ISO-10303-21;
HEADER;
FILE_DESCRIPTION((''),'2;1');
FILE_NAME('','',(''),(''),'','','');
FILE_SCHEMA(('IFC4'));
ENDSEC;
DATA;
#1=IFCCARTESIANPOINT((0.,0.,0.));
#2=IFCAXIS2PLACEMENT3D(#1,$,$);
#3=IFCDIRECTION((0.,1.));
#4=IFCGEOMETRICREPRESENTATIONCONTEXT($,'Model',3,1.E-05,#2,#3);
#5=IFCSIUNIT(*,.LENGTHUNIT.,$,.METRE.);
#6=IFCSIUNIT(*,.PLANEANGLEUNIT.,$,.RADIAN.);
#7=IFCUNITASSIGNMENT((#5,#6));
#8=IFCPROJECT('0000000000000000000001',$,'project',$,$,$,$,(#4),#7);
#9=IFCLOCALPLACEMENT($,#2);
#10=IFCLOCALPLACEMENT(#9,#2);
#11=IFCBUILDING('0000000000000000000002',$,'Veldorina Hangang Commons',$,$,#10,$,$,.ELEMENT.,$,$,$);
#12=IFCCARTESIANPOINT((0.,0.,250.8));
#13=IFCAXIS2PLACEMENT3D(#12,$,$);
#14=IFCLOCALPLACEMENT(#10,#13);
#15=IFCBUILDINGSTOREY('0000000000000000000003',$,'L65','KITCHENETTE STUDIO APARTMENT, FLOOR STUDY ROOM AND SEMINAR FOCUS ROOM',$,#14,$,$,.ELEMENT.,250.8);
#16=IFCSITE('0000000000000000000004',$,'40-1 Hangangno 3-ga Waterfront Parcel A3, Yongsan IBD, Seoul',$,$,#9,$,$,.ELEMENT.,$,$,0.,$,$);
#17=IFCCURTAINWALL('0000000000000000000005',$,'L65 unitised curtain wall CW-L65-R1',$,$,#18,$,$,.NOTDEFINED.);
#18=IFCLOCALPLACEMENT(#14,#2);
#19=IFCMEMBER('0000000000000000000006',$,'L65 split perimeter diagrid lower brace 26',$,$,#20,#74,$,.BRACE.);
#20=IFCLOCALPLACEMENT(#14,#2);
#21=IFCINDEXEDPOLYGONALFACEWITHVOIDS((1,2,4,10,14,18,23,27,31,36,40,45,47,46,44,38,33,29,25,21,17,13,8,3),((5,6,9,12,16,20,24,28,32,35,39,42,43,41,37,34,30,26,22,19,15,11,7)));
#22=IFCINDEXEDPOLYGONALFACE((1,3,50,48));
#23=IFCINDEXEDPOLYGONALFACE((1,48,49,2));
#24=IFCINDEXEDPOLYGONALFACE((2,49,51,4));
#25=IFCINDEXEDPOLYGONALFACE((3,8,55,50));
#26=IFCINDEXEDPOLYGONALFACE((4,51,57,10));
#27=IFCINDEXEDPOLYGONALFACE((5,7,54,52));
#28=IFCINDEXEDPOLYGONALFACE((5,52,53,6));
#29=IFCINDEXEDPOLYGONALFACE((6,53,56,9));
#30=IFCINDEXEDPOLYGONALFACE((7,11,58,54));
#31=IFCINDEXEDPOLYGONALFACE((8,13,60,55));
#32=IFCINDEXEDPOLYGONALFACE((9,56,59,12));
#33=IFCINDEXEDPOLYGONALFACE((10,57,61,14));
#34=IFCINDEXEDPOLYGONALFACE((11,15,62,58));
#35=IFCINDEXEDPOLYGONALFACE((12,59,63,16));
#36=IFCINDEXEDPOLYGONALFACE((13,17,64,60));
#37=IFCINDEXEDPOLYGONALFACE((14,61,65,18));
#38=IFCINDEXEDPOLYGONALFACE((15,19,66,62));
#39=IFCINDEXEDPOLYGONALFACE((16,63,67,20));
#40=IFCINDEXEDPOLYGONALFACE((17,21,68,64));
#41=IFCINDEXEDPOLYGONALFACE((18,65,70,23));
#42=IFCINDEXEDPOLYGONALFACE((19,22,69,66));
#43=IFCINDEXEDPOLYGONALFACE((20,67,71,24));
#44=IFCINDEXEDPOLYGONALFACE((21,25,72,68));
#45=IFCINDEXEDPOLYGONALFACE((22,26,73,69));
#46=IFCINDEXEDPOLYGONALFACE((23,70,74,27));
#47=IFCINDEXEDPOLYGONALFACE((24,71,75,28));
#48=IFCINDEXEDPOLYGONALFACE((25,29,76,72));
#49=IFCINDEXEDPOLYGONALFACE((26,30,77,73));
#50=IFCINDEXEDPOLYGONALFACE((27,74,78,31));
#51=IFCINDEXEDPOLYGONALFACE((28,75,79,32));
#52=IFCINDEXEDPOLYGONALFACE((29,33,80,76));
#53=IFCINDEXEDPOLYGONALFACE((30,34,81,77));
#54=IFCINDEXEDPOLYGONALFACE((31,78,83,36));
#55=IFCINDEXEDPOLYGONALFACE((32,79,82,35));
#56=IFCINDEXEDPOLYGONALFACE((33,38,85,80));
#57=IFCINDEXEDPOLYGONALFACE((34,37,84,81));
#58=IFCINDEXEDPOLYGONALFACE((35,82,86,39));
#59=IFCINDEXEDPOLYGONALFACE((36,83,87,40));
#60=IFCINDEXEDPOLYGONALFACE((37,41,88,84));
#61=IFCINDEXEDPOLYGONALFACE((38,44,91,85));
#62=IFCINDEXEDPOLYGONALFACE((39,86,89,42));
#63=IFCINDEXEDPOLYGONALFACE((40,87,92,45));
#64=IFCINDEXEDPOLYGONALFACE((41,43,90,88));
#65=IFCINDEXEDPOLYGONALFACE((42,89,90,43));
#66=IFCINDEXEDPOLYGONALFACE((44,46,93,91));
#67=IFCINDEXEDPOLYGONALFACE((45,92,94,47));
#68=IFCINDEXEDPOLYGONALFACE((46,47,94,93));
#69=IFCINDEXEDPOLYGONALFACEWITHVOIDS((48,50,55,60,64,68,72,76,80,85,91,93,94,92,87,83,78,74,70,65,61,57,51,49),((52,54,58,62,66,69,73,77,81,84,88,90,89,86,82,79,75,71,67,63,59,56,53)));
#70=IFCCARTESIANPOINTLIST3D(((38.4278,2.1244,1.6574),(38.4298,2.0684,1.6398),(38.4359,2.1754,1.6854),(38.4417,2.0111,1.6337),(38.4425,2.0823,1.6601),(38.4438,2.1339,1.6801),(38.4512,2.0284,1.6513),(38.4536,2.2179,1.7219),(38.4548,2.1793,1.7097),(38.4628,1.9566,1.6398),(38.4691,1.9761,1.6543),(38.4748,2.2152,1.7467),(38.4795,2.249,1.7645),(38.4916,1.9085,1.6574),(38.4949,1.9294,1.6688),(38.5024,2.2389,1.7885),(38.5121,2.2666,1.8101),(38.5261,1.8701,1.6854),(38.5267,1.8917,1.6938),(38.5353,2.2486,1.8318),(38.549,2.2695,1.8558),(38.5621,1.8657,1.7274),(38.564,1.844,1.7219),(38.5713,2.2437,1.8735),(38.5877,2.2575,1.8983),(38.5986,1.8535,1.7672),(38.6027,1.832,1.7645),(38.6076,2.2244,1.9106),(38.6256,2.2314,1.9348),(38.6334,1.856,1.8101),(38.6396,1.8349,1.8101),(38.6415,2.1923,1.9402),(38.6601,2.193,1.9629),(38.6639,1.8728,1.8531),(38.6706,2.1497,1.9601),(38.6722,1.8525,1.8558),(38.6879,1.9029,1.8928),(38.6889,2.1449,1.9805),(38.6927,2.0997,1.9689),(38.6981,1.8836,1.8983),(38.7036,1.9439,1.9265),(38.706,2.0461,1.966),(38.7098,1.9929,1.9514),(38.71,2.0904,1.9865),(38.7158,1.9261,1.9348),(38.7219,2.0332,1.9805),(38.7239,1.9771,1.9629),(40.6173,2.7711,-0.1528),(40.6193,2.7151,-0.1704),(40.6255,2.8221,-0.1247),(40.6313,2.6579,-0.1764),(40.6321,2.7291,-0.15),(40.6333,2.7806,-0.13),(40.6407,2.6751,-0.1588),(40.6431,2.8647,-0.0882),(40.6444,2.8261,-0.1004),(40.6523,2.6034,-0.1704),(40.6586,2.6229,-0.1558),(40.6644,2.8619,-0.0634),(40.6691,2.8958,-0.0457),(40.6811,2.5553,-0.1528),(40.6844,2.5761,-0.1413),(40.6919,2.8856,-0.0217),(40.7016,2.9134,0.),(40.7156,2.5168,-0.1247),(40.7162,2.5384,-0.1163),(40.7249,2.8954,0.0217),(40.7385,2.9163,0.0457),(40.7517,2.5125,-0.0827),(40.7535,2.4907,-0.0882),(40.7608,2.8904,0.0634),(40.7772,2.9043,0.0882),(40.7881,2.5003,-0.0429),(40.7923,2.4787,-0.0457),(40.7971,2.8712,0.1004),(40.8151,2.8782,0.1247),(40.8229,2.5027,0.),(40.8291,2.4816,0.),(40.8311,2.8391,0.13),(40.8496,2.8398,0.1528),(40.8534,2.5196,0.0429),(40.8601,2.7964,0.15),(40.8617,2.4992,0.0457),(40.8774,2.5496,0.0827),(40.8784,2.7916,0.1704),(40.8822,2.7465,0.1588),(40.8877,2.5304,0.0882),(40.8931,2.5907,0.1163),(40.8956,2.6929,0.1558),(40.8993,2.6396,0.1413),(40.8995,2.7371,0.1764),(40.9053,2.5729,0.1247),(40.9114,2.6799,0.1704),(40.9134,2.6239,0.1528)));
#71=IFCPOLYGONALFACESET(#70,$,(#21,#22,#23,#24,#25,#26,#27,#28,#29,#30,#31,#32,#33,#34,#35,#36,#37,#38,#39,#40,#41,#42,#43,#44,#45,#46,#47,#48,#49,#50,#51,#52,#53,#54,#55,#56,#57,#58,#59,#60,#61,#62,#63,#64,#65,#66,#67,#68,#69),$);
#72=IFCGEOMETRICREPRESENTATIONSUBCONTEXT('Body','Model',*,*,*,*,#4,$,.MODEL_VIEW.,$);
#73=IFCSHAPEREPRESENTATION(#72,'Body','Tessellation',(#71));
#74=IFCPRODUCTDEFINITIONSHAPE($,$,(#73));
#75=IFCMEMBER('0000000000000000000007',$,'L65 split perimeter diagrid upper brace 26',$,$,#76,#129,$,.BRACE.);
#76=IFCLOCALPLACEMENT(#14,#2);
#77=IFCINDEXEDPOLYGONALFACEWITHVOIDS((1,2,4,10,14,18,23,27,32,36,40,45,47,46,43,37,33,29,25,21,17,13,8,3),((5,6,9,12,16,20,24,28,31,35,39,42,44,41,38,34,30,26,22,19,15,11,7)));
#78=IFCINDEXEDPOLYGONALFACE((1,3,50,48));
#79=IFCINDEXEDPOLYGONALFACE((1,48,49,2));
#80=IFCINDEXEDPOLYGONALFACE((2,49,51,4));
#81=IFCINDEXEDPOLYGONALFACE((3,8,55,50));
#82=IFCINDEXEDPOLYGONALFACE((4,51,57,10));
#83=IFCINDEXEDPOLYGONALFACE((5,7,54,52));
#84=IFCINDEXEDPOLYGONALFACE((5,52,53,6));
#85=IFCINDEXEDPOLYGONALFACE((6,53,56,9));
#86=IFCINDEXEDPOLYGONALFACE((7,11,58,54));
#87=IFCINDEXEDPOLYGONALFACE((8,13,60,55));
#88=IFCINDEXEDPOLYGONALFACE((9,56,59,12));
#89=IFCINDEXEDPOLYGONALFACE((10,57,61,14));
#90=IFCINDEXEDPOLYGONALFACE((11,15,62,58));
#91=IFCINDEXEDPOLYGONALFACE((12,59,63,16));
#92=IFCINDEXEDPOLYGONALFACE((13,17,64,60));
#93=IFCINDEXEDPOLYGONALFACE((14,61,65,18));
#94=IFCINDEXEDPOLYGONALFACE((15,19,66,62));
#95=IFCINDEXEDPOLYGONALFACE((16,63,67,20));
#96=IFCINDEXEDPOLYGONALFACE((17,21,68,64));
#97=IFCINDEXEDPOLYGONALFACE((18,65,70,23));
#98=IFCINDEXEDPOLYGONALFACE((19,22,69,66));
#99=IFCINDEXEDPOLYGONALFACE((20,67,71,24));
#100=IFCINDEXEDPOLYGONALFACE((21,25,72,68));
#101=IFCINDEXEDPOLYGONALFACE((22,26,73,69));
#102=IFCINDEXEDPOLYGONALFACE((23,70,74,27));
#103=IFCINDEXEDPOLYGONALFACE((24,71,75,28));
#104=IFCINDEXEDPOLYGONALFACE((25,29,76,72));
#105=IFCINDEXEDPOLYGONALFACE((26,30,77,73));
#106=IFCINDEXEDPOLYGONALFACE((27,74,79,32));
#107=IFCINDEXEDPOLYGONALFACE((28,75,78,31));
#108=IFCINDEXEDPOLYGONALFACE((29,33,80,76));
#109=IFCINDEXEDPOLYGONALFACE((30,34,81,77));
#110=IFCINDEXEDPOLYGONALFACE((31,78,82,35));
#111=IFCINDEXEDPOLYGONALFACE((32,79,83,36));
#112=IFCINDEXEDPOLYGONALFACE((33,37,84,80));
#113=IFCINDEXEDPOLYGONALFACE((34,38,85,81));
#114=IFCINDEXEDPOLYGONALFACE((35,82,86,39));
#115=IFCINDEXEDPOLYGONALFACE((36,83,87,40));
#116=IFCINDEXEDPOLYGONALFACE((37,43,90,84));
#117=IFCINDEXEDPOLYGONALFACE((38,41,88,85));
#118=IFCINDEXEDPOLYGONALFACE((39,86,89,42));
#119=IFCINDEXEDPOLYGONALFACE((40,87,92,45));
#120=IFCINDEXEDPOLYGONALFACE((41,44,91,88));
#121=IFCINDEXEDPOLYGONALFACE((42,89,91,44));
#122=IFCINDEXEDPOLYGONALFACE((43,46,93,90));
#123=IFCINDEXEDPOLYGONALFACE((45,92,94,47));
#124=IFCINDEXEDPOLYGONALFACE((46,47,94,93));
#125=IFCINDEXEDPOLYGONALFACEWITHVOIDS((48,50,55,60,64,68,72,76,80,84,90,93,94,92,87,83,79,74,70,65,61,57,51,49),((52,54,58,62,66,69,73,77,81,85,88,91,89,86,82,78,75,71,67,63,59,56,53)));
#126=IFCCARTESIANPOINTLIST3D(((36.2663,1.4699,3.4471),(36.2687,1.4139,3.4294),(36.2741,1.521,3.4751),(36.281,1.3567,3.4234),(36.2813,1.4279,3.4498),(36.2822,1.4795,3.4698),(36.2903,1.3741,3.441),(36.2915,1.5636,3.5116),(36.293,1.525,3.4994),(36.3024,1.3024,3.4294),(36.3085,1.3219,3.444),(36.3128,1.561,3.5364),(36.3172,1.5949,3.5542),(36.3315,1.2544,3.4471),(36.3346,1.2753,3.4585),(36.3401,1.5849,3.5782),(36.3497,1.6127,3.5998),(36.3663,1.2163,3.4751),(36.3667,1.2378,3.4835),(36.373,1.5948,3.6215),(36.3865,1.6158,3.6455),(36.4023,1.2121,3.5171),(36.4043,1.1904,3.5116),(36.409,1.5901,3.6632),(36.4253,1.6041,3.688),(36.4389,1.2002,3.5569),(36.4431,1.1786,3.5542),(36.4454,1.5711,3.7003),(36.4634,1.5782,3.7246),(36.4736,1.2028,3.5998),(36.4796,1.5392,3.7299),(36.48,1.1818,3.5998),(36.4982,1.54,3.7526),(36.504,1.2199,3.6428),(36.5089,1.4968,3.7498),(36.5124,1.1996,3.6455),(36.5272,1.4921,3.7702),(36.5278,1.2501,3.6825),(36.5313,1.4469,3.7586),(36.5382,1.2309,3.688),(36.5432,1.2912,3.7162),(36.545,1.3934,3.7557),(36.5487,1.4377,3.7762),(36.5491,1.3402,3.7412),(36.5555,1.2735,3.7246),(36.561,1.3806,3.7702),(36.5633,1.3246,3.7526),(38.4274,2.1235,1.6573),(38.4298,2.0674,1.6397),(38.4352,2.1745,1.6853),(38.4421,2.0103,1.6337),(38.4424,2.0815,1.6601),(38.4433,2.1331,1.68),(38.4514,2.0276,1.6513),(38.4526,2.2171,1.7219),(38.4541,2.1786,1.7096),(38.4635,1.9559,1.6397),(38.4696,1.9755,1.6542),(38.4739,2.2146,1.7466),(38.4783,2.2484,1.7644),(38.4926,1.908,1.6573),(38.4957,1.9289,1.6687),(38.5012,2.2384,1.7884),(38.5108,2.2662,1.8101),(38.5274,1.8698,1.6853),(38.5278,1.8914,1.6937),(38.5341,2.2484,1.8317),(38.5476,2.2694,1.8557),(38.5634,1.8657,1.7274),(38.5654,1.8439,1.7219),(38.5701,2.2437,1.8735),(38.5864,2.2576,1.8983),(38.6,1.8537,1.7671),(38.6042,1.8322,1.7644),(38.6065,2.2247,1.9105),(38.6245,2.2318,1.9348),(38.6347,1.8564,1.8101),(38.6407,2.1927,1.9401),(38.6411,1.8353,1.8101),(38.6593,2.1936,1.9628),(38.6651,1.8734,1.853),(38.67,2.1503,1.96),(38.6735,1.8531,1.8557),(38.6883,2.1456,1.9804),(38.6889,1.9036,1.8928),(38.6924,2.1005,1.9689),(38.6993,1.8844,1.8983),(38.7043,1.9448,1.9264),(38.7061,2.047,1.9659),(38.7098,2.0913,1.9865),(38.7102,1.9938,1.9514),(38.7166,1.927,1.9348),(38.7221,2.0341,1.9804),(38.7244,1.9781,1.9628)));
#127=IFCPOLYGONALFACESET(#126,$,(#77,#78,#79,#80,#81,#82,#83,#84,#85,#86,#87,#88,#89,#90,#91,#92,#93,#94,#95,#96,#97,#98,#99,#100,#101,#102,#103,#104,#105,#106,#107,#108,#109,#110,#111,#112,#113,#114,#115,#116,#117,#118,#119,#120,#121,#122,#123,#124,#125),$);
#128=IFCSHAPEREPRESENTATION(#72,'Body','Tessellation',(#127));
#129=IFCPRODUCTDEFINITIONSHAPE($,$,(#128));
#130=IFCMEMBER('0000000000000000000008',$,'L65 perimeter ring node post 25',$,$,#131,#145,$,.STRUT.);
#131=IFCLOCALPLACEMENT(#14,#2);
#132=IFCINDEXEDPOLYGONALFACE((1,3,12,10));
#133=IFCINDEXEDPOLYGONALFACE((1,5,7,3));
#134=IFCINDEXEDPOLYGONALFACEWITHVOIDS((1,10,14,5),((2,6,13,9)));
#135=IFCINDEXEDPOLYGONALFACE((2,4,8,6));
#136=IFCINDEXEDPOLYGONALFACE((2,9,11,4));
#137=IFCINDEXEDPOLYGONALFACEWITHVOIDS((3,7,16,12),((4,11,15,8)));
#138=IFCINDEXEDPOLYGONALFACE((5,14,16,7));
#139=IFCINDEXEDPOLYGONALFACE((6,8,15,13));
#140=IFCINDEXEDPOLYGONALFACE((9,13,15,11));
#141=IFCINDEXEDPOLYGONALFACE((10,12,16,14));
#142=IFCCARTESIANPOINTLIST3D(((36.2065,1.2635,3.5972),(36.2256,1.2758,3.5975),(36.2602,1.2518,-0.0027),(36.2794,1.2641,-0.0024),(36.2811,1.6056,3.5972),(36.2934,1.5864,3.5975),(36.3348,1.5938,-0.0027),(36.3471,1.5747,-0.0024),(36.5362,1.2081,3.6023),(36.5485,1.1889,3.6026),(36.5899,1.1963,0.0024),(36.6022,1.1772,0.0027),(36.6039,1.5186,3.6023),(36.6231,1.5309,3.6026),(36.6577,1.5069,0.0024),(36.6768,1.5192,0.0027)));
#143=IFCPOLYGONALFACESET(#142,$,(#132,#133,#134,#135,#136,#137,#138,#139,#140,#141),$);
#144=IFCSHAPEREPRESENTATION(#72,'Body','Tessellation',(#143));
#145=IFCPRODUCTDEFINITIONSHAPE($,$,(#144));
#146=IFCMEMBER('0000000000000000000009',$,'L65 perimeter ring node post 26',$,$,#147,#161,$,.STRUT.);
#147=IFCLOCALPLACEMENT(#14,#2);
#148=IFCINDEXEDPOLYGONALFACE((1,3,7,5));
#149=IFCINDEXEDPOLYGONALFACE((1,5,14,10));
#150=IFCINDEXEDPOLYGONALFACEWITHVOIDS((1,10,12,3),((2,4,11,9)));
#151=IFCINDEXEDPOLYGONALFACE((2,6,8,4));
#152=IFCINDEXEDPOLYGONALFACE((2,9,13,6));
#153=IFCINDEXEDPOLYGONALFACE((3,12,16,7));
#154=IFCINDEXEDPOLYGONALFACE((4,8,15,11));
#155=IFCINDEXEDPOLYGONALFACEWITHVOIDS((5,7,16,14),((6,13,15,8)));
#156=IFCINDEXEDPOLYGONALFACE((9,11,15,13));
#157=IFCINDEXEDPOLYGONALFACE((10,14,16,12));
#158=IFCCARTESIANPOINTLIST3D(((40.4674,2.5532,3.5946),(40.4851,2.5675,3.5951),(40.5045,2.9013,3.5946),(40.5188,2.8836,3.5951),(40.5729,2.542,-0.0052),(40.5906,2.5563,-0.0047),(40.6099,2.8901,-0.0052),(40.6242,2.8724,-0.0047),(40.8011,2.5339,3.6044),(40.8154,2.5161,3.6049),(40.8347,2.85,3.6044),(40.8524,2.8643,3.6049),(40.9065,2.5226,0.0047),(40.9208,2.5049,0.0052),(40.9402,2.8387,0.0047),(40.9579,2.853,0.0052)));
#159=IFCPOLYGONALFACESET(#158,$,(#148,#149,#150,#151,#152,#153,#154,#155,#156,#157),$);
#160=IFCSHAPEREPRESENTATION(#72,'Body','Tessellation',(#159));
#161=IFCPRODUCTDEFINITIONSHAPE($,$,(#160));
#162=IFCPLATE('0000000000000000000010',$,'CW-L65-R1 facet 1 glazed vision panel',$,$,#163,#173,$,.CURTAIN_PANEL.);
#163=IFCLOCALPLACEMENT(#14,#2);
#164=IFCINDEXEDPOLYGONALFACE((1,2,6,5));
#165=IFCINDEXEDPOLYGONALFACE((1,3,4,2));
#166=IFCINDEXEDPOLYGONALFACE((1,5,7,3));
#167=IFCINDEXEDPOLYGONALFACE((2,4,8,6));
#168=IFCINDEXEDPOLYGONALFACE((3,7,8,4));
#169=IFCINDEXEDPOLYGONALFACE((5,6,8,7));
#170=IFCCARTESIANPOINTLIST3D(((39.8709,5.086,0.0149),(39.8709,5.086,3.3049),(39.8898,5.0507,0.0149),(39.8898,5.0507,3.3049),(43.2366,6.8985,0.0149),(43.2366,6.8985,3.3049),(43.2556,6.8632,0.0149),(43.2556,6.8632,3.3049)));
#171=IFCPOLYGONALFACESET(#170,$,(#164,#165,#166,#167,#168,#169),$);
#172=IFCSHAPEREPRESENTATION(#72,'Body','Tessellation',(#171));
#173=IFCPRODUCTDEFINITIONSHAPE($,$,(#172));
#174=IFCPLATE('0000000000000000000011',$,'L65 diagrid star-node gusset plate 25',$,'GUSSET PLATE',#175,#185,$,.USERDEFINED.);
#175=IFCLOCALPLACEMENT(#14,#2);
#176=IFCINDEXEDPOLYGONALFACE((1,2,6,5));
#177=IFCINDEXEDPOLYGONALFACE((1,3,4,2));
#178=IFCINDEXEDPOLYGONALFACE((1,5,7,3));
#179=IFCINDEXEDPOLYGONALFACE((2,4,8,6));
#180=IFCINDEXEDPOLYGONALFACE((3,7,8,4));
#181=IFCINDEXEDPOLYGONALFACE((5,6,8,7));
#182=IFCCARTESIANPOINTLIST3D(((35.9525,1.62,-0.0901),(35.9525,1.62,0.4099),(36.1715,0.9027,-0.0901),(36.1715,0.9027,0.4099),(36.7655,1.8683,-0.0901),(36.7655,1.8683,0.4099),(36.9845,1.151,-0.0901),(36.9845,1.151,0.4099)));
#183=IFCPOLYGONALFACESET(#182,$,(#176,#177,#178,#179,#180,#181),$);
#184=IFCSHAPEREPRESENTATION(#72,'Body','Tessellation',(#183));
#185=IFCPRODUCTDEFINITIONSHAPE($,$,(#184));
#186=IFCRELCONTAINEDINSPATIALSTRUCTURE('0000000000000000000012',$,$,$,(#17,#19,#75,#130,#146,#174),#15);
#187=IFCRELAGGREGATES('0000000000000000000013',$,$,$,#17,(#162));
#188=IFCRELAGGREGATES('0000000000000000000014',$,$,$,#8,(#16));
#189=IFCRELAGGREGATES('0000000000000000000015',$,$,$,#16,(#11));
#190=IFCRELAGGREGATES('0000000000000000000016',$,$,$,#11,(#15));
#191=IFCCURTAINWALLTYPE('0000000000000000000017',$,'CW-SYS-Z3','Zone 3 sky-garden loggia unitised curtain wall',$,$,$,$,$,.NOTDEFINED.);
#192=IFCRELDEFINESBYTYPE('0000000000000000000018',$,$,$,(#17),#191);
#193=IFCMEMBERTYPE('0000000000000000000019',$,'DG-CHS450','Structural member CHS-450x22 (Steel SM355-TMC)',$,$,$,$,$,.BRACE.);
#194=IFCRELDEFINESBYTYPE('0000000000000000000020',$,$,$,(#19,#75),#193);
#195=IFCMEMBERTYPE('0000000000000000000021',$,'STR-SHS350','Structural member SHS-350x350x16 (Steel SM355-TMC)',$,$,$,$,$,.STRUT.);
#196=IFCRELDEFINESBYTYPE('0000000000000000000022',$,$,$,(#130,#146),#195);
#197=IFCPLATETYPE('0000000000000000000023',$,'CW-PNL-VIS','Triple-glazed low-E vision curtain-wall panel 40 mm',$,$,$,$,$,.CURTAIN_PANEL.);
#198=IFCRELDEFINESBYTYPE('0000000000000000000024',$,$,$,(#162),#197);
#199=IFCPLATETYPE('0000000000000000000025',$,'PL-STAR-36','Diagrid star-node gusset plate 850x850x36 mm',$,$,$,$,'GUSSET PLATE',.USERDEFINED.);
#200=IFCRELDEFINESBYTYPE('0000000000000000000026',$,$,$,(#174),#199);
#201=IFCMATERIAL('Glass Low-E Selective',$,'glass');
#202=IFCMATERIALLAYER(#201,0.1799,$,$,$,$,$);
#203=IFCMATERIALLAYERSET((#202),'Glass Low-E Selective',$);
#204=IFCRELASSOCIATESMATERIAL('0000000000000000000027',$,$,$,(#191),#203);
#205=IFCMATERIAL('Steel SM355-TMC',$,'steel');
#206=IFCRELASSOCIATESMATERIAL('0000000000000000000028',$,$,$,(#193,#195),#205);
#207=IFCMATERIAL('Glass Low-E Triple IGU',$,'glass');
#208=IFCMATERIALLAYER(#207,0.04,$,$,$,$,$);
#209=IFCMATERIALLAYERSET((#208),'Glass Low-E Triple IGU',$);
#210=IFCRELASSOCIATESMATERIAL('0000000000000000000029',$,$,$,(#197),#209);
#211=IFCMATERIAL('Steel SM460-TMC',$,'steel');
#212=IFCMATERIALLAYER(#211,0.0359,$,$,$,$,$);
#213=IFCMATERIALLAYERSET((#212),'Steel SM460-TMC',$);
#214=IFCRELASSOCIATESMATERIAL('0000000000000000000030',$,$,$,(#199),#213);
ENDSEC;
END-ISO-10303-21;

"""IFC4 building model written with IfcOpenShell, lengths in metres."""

from ifc_helpers import new_model, si_unit, direction, frame, origin, origin_2d, place, context, subcontext, project, spatial, rectangle, hollow_rectangle, hollow_circle, extrude, material, layer, layer_set, material_profile, profile_set, type_object, element, aggregate, save


model = new_model("IFC4")

# Units and contexts
model_context = context("Model", 3, precision=1e-05, world=origin(), true_north=direction((0.0, 1.0)))
body_context = subcontext(model_context, "Body", "Model", "MODEL_VIEW")
ifc_project = project(units=[si_unit("LENGTHUNIT", "METRE"), si_unit("PLANEANGLEUNIT", "RADIAN")], contexts=[model_context])

# Site, building, storey
site_placement = place(None, origin())
site = spatial("IfcSite", under=ifc_project, at=site_placement, Name="40-1 Hangangno 3-ga Waterfront Parcel A3, Yongsan IBD, Seoul", CompositionType="ELEMENT", RefElevation=0.0)
building_placement = place(site_placement, origin())
building = spatial("IfcBuilding", under=site, at=building_placement, Name="Veldorina Hangang Commons", CompositionType="ELEMENT")
storey_placement = place(building_placement, frame((0.0, 0.0, 250.8)))
storey = spatial("IfcBuildingStorey", under=building, at=storey_placement, Name="L65", Description="KITCHENETTE STUDIO APARTMENT, FLOOR STUDY ROOM AND SEMINAR FOCUS ROOM", CompositionType="ELEMENT", Elevation=250.8)

# Shared definitions
ifc_material_1 = material(Name="Steel SM355-TMC", Category="steel")

# Curtain wall
ifc_material_2 = material(Name="Glass Low-E Selective", Category="glass")
ifc_layer_1 = layer(ifc_material_2, 0.1799)
ifc_layer_set_1 = layer_set([ifc_layer_1], Name="Glass Low-E Selective")
curtain_wall_type = type_object("IfcCurtainWallType", Name="CW-SYS-Z3", Description="Zone 3 sky-garden loggia unitised curtain wall", PredefinedType="NOTDEFINED", material=ifc_layer_set_1)
curtain_wall_placement = place(storey_placement, origin())
curtain_wall = element("IfcCurtainWall", 1, at=curtain_wall_placement, inside=storey, type_object=curtain_wall_type, Name="L65 unitised curtain wall CW-L65-R1", PredefinedType="NOTDEFINED")

# Members
ifc_material_profile_1 = material_profile(ifc_material_1, hollow_circle(Radius=0.2251, WallThickness=0.022, at=origin_2d()), Name="CHS-450x22")
ifc_profile_set_1 = profile_set([ifc_material_profile_1], Name="Steel SM355-TMC")
member_type_1 = type_object("IfcMemberType", Name="DG-CHS450", Description="Structural member CHS-450x22 (Steel SM355-TMC)", PredefinedType="BRACE", material=ifc_profile_set_1)
member_1_placement = place(storey_placement, frame((40.7654, 2.6975, 0.0), z_axis=(-0.751495, -0.221979, 0.621274), x_axis=(0.283284, -0.959036, 0.0)))
element("IfcMember", 2, at=member_1_placement, inside=storey, type_object=member_type_1, Name="L65 split perimeter diagrid lower brace 26", PredefinedType="BRACE", context=body_context, shape_type="SweptSolid", body=[
    extrude(hollow_circle(Radius=0.2251, WallThickness=0.022, at=origin_2d()), origin(), (0.0, 0.0, 1.0), 2.9136),
])
member_2_placement = place(storey_placement, frame((38.5759, 2.0508, 1.8101), z_axis=(-0.750095, -0.226842, 0.621209), x_axis=(0.28947, -0.957187, 0.0)))
element("IfcMember", 3, at=member_2_placement, inside=storey, type_object=member_type_1, Name="L65 split perimeter diagrid upper brace 26", PredefinedType="BRACE", context=body_context, shape_type="SweptSolid", body=[
    extrude(hollow_circle(Radius=0.2251, WallThickness=0.022, at=origin_2d()), origin(), (0.0, 0.0, 1.0), 2.8811),
])
ifc_material_profile_2 = material_profile(ifc_material_1, hollow_rectangle(XDim=0.3501, YDim=0.3501, WallThickness=0.0161, at=origin_2d()), Name="SHS-350x350x16")
ifc_profile_set_2 = profile_set([ifc_material_profile_2], Name="Steel SM355-TMC")
member_type_2 = type_object("IfcMemberType", Name="STR-SHS350", Description="Structural member SHS-350x350x16 (Steel SM355-TMC)", PredefinedType="STRUT", material=ifc_profile_set_2)
member_3_placement = place(storey_placement, frame((36.4685, 1.3855, 0.0), z_axis=(-0.014919, 0.003255, 0.999883), x_axis=(-0.213167, -0.977016, 0.0)))
element("IfcMember", 4, at=member_3_placement, inside=storey, type_object=member_type_2, Name="L65 perimeter ring node post 25", PredefinedType="STRUT", context=body_context, shape_type="SweptSolid", body=[
    extrude(hollow_rectangle(XDim=0.3501, YDim=0.3501, WallThickness=0.0161, at=origin_2d()), origin(), (0.0, 0.0, 1.0), 3.6003),
])
member_4_placement = place(storey_placement, frame((40.7654, 2.6975, 0.0), z_axis=(-0.029285, 0.003118, 0.999566), x_axis=(-0.105883, -0.994379, 0.0)))
element("IfcMember", 5, at=member_4_placement, inside=storey, type_object=member_type_2, Name="L65 perimeter ring node post 26", PredefinedType="STRUT", context=body_context, shape_type="SweptSolid", body=[
    extrude(hollow_rectangle(XDim=0.3501, YDim=0.3501, WallThickness=0.0161, at=origin_2d()), origin(), (0.0, 0.0, 1.0), 3.6013),
])

# Plate
ifc_material_3 = material(Name="Glass Low-E Triple IGU", Category="glass")
ifc_layer_2 = layer(ifc_material_3, 0.04)
ifc_layer_set_2 = layer_set([ifc_layer_2], Name="Glass Low-E Triple IGU")
plate_type_1 = type_object("IfcPlateType", Name="CW-PNL-VIS", Description="Triple-glazed low-E vision curtain-wall panel 40 mm", PredefinedType="CURTAIN_PANEL", material=ifc_layer_set_2)
plate_1_placement = place(storey_placement, frame((41.5632, 5.9746, 0.0149), z_axis=(0.0, 0.0, 1.0), x_axis=(0.880453, 0.474134, 0.0)))
plate_1 = element("IfcPlate", 6, at=plate_1_placement, type_object=plate_type_1, Name="CW-L65-R1 facet 1 glazed vision panel", PredefinedType="CURTAIN_PANEL", context=body_context, shape_type="SweptSolid", body=[
    extrude(rectangle(XDim=3.8228, YDim=0.04, at=origin_2d()), origin(), (0.0, 0.0, 1.0), 3.29),
])
aggregate(curtain_wall, [plate_1])

# Plate
ifc_material_4 = material(Name="Steel SM460-TMC", Category="steel")
ifc_layer_3 = layer(ifc_material_4, 0.0359)
ifc_layer_set_3 = layer_set([ifc_layer_3], Name="Steel SM460-TMC")
plate_type_2 = type_object("IfcPlateType", Name="PL-STAR-36", Description="Diagrid star-node gusset plate 850x850x36 mm", ElementType="GUSSET PLATE", PredefinedType="USERDEFINED", material=ifc_layer_set_3)
plate_2_placement = place(storey_placement, frame((36.4685, 1.3855, -0.0901), z_axis=(0.0, 0.0, 1.0), x_axis=(0.956397, 0.292071, 0.0)))
element("IfcPlate", 7, at=plate_2_placement, inside=storey, type_object=plate_type_2, Name="L65 diagrid star-node gusset plate 25", ObjectType="GUSSET PLATE", PredefinedType="USERDEFINED", context=body_context, shape_type="SweptSolid", body=[
    extrude(rectangle(XDim=0.8501, YDim=0.75, at=origin_2d()), origin(), (0.0, 0.0, 1.0), 0.5),
])

save(model, "model.ifc")
